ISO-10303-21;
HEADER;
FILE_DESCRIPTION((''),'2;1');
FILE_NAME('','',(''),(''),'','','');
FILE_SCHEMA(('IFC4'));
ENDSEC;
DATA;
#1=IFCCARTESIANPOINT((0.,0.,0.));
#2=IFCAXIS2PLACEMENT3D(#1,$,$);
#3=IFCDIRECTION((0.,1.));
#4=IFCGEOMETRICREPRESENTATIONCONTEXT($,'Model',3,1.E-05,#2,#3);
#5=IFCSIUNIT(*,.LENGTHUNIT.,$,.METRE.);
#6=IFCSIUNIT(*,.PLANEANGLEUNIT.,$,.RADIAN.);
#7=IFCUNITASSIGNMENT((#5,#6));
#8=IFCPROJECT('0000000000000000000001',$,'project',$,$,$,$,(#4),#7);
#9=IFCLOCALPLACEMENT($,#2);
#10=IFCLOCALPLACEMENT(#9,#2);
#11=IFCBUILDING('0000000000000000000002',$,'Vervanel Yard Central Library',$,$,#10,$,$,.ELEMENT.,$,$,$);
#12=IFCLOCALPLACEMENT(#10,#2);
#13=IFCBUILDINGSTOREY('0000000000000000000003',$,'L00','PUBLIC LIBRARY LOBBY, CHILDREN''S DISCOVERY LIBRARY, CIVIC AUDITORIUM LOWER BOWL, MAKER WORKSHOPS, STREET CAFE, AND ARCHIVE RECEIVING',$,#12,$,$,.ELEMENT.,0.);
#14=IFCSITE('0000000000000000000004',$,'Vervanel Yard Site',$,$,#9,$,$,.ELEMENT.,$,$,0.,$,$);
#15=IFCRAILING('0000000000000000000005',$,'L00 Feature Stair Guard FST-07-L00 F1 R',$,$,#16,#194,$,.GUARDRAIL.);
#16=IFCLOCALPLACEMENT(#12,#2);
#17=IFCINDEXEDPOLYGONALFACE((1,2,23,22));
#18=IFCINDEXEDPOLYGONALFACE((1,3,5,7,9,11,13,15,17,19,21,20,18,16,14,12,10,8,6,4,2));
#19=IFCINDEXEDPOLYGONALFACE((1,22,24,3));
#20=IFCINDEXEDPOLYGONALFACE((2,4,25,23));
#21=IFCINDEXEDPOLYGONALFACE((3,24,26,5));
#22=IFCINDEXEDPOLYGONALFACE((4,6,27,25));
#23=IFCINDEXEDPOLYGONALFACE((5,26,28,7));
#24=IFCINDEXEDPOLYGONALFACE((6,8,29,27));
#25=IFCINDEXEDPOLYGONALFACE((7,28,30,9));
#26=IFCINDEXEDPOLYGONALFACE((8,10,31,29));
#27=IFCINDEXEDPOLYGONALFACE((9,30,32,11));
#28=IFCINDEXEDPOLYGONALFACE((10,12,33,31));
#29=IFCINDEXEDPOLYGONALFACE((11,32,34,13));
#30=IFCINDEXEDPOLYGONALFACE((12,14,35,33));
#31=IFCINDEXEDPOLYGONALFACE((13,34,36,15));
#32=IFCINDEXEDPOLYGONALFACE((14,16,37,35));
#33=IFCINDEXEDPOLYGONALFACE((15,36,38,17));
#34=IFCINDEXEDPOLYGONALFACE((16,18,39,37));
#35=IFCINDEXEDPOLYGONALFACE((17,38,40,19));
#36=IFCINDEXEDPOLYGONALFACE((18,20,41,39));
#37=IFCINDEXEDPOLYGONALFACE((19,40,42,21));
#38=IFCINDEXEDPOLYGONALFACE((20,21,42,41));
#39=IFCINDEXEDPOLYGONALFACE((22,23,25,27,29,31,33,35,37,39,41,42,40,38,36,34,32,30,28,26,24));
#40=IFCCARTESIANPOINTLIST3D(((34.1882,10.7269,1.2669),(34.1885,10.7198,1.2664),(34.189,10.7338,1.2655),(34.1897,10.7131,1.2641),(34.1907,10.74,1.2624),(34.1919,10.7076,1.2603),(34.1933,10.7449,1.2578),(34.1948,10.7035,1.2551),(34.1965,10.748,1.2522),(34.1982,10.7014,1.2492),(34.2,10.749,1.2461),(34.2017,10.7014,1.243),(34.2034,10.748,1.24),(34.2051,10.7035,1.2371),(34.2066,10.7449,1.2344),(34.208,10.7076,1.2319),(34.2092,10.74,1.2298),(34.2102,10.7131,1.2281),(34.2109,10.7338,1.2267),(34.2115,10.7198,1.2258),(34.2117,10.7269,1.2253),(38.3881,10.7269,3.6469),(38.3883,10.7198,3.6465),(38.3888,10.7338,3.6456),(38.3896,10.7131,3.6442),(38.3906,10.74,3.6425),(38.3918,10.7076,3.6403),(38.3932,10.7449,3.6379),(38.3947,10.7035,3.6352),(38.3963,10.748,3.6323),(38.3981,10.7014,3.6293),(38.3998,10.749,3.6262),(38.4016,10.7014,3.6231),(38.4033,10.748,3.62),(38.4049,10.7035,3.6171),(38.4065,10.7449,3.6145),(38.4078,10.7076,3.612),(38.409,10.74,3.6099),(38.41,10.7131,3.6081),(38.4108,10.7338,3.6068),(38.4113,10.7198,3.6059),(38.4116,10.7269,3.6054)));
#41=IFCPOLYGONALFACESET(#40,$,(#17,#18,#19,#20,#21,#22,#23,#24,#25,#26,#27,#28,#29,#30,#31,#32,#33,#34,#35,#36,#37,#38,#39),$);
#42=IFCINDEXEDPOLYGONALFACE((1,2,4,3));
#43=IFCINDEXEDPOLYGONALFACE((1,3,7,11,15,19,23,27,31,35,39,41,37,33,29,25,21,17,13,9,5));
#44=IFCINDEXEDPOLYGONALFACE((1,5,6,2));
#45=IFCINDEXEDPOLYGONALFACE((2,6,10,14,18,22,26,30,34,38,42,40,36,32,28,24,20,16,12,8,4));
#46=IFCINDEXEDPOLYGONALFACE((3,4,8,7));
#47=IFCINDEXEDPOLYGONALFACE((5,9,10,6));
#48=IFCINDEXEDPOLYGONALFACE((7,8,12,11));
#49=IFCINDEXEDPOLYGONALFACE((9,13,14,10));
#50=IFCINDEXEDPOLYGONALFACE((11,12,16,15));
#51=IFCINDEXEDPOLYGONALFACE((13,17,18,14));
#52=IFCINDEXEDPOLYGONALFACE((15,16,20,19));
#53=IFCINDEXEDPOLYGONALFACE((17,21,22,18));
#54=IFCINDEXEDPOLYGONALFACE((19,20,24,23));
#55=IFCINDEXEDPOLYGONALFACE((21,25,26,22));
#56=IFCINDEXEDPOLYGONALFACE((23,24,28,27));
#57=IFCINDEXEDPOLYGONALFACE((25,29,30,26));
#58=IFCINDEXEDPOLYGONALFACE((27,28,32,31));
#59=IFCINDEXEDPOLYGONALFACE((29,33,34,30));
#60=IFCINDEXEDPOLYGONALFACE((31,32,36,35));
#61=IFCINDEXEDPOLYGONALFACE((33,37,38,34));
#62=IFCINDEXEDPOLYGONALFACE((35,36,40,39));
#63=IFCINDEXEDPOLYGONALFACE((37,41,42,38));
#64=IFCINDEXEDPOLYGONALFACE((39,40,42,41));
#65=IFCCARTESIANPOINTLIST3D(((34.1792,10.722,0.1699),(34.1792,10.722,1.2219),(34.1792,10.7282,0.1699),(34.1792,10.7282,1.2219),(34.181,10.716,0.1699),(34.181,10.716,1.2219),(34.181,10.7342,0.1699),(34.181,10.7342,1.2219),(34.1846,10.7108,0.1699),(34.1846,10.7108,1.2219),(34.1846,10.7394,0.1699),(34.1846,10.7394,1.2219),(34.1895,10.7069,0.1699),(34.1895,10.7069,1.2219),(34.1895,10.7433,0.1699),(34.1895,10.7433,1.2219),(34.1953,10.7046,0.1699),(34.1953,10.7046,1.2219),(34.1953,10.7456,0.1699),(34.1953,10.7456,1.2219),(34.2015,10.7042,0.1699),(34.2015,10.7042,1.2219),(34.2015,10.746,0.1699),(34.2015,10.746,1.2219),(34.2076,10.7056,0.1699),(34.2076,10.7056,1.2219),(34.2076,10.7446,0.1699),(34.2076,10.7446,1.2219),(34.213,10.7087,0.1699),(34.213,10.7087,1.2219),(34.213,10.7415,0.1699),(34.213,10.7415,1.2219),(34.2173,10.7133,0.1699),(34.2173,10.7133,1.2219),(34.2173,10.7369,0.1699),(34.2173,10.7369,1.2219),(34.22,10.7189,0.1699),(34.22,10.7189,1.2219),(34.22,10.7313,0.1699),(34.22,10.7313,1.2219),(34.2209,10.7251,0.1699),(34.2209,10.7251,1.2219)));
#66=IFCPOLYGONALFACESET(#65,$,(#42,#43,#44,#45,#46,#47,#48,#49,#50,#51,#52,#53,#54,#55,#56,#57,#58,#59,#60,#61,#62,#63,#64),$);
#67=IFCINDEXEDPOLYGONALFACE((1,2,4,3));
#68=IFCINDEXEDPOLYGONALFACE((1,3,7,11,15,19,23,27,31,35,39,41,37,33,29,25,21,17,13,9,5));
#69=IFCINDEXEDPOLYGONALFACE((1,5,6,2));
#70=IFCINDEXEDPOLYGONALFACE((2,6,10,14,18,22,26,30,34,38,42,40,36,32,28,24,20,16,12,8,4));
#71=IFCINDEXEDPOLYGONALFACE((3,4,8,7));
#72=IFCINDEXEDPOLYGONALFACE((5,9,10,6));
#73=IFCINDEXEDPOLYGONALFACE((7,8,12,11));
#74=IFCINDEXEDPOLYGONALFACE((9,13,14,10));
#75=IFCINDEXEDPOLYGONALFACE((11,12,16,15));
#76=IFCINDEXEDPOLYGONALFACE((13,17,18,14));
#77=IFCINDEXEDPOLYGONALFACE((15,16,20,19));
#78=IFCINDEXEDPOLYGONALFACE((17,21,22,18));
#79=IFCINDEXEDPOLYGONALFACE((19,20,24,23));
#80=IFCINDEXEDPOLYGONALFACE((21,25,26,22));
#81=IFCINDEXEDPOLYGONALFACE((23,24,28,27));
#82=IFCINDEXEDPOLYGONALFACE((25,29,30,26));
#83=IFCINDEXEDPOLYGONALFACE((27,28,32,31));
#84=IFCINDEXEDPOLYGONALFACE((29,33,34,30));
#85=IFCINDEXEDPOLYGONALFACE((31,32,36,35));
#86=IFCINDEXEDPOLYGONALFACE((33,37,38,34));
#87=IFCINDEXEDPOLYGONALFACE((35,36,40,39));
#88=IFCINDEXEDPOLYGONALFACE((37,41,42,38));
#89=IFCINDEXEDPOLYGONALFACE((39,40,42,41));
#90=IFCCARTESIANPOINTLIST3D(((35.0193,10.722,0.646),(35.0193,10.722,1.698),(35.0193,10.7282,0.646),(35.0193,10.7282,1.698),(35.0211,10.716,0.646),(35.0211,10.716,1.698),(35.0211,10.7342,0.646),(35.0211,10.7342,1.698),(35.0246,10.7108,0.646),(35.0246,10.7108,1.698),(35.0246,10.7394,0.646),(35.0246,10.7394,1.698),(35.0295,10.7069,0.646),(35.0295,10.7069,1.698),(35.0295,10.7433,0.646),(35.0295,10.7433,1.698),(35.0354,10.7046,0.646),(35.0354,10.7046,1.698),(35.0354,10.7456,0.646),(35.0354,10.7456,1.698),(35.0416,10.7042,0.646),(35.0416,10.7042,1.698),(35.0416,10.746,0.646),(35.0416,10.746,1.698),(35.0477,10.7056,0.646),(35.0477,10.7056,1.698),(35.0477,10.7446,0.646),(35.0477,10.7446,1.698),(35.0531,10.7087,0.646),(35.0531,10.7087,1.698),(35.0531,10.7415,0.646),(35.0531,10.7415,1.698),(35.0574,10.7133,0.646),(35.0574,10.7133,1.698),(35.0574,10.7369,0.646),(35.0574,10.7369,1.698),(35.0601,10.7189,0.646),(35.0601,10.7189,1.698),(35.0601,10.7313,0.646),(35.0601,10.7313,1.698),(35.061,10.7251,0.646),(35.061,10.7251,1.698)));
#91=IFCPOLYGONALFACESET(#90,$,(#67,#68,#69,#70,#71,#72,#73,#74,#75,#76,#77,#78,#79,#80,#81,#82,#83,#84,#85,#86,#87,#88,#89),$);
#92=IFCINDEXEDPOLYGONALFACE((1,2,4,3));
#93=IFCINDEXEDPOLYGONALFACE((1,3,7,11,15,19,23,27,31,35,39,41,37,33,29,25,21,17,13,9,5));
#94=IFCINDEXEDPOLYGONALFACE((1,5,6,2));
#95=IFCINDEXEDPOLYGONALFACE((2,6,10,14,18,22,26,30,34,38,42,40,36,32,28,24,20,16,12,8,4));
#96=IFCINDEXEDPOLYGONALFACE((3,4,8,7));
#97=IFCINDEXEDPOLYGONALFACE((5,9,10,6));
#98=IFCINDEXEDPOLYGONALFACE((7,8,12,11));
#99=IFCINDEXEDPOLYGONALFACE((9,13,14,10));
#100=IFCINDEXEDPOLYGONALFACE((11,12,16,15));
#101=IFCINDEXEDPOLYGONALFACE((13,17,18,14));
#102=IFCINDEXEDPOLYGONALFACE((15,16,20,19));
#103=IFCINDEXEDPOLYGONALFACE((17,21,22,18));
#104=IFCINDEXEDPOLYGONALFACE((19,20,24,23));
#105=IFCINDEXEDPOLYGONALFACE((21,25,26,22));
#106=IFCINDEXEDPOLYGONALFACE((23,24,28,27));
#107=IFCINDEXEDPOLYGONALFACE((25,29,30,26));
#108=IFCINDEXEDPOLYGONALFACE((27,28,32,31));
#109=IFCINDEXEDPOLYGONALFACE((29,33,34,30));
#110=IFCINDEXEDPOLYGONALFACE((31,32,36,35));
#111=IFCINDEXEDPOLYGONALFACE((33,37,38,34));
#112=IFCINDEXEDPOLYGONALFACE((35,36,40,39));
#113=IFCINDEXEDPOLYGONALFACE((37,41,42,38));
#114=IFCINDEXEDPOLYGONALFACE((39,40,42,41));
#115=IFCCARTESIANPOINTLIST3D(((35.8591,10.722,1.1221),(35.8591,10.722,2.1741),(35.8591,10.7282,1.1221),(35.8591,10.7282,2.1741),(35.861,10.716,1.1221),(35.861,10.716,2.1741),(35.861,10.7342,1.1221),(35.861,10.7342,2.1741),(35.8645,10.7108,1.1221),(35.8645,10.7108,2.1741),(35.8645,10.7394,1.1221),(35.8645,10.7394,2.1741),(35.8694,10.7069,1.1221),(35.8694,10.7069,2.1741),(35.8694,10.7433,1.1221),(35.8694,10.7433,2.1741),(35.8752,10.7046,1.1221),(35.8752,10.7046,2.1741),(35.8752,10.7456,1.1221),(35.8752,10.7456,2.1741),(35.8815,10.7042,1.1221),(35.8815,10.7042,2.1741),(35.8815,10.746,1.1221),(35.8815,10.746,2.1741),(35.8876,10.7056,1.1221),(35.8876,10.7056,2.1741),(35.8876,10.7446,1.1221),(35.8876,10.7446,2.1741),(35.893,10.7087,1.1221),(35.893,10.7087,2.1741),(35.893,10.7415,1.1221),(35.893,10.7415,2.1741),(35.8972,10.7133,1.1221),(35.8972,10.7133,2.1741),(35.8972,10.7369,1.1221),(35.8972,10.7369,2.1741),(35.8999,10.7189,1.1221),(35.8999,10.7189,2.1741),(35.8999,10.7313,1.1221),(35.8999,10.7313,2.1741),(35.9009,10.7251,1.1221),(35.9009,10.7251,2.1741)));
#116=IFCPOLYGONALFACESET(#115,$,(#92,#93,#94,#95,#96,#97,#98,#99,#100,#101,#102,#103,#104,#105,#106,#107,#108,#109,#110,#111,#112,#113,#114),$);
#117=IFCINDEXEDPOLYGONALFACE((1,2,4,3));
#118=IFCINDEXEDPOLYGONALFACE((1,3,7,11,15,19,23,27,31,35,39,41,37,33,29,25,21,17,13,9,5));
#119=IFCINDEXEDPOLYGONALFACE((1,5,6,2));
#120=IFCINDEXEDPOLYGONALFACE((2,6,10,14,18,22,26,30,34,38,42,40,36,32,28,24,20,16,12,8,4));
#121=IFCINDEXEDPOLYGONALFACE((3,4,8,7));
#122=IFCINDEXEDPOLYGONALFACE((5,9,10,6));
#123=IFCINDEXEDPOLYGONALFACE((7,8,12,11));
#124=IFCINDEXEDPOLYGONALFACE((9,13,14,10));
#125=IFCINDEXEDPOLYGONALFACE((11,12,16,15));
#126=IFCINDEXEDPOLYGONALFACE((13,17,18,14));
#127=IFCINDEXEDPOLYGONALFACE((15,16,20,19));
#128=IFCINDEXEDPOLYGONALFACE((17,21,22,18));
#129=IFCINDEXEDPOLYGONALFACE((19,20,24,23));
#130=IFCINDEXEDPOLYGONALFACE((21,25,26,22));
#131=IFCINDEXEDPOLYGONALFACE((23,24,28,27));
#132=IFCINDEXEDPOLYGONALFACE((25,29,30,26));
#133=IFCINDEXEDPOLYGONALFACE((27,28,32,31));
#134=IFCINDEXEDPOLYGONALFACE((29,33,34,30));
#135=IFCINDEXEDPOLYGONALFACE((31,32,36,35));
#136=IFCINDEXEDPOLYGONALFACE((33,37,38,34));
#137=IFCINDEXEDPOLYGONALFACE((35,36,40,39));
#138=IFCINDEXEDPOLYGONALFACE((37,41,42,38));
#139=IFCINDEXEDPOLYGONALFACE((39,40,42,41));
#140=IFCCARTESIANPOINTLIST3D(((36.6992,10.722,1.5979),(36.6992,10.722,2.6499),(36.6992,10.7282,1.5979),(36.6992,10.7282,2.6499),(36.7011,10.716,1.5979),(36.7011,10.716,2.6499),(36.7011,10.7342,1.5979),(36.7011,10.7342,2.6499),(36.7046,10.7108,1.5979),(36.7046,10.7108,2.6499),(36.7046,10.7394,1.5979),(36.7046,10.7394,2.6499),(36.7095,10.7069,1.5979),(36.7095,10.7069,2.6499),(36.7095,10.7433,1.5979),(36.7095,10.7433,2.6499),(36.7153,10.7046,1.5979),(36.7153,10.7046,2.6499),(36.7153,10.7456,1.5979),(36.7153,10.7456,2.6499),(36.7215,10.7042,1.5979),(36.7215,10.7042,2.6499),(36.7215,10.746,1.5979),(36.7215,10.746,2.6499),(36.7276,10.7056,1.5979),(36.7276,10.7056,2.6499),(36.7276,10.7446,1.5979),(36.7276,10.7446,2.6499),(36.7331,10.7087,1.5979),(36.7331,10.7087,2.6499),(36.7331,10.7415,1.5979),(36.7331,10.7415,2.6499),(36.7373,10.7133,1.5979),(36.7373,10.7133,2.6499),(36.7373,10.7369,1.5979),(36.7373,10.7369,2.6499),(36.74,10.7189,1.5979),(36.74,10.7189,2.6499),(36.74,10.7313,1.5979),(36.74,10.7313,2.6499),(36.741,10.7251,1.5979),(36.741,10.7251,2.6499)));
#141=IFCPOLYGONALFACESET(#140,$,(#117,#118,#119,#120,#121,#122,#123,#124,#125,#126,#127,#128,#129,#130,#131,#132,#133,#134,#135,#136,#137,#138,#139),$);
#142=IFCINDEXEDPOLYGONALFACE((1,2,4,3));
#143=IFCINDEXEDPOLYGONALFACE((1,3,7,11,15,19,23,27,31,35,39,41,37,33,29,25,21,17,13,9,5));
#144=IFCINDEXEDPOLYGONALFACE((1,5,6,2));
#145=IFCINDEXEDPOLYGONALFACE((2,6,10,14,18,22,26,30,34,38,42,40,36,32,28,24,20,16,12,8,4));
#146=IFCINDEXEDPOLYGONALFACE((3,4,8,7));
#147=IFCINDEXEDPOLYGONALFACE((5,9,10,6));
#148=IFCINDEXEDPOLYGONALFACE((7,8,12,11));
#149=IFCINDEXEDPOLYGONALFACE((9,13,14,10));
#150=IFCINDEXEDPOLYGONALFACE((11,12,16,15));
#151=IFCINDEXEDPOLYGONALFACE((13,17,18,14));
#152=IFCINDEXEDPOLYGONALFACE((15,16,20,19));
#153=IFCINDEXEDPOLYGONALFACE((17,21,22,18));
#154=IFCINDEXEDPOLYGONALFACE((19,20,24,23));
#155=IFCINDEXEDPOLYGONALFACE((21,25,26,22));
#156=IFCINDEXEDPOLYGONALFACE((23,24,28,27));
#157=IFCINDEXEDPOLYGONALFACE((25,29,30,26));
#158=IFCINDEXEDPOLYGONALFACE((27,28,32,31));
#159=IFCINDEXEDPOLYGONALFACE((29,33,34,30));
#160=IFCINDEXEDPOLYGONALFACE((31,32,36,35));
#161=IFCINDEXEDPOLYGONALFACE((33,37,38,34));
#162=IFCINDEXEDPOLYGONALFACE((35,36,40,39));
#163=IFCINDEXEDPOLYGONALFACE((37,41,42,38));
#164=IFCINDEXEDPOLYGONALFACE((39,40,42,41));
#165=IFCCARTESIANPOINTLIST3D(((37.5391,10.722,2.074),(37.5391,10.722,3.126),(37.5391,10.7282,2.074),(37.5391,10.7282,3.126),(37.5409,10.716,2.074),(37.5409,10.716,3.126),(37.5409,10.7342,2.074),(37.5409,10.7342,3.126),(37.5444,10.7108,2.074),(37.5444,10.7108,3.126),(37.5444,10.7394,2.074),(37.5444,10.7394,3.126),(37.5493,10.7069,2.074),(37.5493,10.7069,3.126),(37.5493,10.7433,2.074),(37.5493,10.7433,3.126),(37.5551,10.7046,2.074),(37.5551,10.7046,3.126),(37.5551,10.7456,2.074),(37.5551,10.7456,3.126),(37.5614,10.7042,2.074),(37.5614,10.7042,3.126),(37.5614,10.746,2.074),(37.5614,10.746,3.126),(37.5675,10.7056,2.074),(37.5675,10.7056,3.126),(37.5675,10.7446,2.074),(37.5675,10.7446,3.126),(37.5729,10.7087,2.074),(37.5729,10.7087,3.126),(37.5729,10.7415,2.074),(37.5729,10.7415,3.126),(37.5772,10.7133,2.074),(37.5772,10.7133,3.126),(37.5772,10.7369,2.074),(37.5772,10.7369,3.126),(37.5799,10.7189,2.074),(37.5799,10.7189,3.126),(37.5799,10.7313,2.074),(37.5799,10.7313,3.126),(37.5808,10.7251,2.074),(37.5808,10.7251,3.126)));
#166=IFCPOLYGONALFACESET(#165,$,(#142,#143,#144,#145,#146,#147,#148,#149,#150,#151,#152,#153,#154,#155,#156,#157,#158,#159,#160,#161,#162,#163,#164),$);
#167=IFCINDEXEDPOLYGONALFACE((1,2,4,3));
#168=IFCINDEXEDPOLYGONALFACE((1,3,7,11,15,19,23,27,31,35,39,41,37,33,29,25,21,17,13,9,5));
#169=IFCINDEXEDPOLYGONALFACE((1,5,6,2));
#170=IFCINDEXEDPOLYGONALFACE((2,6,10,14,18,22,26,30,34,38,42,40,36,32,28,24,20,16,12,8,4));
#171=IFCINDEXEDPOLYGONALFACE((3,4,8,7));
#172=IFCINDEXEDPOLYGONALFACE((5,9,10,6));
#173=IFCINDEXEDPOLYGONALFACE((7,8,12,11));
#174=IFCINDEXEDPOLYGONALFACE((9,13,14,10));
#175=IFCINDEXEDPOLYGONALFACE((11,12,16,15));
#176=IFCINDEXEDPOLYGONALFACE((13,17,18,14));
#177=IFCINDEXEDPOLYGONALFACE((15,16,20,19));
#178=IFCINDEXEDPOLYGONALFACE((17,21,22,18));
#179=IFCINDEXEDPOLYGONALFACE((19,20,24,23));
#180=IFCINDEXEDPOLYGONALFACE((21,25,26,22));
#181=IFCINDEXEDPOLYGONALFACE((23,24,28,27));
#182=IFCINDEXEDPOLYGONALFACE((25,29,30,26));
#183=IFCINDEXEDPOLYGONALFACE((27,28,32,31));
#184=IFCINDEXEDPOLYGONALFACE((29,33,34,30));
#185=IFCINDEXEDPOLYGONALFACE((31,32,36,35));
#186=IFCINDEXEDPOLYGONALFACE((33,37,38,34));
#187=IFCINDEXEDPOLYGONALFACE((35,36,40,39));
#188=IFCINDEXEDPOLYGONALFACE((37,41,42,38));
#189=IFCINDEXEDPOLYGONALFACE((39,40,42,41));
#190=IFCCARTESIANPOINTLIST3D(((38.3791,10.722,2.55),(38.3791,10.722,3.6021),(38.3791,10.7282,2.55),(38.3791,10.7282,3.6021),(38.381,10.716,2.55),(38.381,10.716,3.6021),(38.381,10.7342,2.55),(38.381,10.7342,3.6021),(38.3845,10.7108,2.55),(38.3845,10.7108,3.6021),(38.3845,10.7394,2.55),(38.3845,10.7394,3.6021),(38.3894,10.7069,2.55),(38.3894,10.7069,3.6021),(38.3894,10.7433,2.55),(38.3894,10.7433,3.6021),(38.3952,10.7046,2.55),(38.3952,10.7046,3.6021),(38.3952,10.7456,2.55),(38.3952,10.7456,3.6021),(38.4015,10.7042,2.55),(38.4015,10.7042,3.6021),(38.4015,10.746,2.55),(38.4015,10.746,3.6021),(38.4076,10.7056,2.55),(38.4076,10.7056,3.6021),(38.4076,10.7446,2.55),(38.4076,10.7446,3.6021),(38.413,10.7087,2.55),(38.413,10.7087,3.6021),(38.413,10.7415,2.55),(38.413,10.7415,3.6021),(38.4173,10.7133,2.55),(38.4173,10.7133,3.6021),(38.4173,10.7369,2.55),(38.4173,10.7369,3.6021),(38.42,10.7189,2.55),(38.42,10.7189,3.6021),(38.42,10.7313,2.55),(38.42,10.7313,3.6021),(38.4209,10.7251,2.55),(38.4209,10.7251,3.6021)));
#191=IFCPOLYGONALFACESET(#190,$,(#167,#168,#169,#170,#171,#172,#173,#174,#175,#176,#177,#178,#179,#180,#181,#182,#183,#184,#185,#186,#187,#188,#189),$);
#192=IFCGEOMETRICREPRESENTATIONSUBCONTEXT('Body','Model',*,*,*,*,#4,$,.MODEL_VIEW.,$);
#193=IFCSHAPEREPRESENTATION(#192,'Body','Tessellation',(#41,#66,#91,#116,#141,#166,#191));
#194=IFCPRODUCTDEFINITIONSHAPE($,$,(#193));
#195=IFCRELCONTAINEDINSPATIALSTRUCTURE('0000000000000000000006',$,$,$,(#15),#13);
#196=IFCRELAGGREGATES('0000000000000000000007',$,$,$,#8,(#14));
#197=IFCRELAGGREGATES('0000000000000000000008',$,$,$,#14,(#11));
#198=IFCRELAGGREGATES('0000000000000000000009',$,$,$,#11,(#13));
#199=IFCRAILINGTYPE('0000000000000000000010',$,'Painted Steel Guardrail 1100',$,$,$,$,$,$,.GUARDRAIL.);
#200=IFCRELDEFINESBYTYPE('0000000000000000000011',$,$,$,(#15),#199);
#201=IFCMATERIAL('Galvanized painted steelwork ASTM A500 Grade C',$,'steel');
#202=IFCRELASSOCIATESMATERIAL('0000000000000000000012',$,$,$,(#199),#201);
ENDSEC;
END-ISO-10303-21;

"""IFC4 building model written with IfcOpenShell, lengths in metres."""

from ifc_helpers import new_model, si_unit, direction, frame, origin, origin_2d, place, context, subcontext, project, spatial, circle, extrude, material, type_object, element, save


model = new_model("IFC4")

# Units and contexts
model_context = context("Model", 3, precision=1e-05, world=origin(), true_north=direction((0.0, 1.0)))
body_context = subcontext(model_context, "Body", "Model", "MODEL_VIEW")
ifc_project = project(units=[si_unit("LENGTHUNIT", "METRE"), si_unit("PLANEANGLEUNIT", "RADIAN")], contexts=[model_context])

# Site, building, storey
site_placement = place(None, origin())
site = spatial("IfcSite", under=ifc_project, at=site_placement, Name="Vervanel Yard Site", CompositionType="ELEMENT", RefElevation=0.0)
building_placement = place(site_placement, origin())
building = spatial("IfcBuilding", under=site, at=building_placement, Name="Vervanel Yard Central Library", CompositionType="ELEMENT")
storey_placement = place(building_placement, origin())
storey = spatial("IfcBuildingStorey", under=building, at=storey_placement, Name="L00", Description="PUBLIC LIBRARY LOBBY, CHILDREN'S DISCOVERY LIBRARY, CIVIC AUDITORIUM LOWER BOWL, MAKER WORKSHOPS, STREET CAFE, AND ARCHIVE RECEIVING", CompositionType="ELEMENT", Elevation=0.0)

# Railing
ifc_material_1 = material(Name="Galvanized painted steelwork ASTM A500 Grade C", Category="steel")
railing_type = type_object("IfcRailingType", Name="Painted Steel Guardrail 1100", PredefinedType="GUARDRAIL", material=ifc_material_1)
for number, where, name in (
    (1, (34.2, 10.7251, 0.1699), "L00 Feature Stair Guard FST-07-L00 F1 R"),
):
    element("IfcRailing", number, at=place(storey_placement, frame(where)), inside=storey, type_object=railing_type, Name=name, PredefinedType="GUARDRAIL", context=body_context, shape_type="SweptSolid", body=[
        extrude(circle(Radius=0.0239, at=origin_2d()), frame((0.0, 0.0, 1.0762), z_axis=(0.870008, 0.0, 0.493037), x_axis=(0.0, 1.0, 0.0)), (0.0, 0.0, 1.0), 4.8274),
        extrude(circle(Radius=0.021, at=origin_2d()), origin(), (0.0, 0.0, 1.0), 1.052),
        extrude(circle(Radius=0.021, at=origin_2d()), frame((0.8401, 0.0, 0.4761)), (0.0, 0.0, 1.0), 1.052),
        extrude(circle(Radius=0.021, at=origin_2d()), frame((1.6799, 0.0, 0.9521)), (0.0, 0.0, 1.0), 1.052),
        extrude(circle(Radius=0.021, at=origin_2d()), frame((2.52, 0.0, 1.428)), (0.0, 0.0, 1.0), 1.052),
        extrude(circle(Radius=0.021, at=origin_2d()), frame((3.3599, 0.0, 1.9041)), (0.0, 0.0, 1.0), 1.052),
        extrude(circle(Radius=0.021, at=origin_2d()), frame((4.2, 0.0, 2.3801)), (0.0, 0.0, 1.0), 1.052),
    ])

save(model, "model.ifc")
